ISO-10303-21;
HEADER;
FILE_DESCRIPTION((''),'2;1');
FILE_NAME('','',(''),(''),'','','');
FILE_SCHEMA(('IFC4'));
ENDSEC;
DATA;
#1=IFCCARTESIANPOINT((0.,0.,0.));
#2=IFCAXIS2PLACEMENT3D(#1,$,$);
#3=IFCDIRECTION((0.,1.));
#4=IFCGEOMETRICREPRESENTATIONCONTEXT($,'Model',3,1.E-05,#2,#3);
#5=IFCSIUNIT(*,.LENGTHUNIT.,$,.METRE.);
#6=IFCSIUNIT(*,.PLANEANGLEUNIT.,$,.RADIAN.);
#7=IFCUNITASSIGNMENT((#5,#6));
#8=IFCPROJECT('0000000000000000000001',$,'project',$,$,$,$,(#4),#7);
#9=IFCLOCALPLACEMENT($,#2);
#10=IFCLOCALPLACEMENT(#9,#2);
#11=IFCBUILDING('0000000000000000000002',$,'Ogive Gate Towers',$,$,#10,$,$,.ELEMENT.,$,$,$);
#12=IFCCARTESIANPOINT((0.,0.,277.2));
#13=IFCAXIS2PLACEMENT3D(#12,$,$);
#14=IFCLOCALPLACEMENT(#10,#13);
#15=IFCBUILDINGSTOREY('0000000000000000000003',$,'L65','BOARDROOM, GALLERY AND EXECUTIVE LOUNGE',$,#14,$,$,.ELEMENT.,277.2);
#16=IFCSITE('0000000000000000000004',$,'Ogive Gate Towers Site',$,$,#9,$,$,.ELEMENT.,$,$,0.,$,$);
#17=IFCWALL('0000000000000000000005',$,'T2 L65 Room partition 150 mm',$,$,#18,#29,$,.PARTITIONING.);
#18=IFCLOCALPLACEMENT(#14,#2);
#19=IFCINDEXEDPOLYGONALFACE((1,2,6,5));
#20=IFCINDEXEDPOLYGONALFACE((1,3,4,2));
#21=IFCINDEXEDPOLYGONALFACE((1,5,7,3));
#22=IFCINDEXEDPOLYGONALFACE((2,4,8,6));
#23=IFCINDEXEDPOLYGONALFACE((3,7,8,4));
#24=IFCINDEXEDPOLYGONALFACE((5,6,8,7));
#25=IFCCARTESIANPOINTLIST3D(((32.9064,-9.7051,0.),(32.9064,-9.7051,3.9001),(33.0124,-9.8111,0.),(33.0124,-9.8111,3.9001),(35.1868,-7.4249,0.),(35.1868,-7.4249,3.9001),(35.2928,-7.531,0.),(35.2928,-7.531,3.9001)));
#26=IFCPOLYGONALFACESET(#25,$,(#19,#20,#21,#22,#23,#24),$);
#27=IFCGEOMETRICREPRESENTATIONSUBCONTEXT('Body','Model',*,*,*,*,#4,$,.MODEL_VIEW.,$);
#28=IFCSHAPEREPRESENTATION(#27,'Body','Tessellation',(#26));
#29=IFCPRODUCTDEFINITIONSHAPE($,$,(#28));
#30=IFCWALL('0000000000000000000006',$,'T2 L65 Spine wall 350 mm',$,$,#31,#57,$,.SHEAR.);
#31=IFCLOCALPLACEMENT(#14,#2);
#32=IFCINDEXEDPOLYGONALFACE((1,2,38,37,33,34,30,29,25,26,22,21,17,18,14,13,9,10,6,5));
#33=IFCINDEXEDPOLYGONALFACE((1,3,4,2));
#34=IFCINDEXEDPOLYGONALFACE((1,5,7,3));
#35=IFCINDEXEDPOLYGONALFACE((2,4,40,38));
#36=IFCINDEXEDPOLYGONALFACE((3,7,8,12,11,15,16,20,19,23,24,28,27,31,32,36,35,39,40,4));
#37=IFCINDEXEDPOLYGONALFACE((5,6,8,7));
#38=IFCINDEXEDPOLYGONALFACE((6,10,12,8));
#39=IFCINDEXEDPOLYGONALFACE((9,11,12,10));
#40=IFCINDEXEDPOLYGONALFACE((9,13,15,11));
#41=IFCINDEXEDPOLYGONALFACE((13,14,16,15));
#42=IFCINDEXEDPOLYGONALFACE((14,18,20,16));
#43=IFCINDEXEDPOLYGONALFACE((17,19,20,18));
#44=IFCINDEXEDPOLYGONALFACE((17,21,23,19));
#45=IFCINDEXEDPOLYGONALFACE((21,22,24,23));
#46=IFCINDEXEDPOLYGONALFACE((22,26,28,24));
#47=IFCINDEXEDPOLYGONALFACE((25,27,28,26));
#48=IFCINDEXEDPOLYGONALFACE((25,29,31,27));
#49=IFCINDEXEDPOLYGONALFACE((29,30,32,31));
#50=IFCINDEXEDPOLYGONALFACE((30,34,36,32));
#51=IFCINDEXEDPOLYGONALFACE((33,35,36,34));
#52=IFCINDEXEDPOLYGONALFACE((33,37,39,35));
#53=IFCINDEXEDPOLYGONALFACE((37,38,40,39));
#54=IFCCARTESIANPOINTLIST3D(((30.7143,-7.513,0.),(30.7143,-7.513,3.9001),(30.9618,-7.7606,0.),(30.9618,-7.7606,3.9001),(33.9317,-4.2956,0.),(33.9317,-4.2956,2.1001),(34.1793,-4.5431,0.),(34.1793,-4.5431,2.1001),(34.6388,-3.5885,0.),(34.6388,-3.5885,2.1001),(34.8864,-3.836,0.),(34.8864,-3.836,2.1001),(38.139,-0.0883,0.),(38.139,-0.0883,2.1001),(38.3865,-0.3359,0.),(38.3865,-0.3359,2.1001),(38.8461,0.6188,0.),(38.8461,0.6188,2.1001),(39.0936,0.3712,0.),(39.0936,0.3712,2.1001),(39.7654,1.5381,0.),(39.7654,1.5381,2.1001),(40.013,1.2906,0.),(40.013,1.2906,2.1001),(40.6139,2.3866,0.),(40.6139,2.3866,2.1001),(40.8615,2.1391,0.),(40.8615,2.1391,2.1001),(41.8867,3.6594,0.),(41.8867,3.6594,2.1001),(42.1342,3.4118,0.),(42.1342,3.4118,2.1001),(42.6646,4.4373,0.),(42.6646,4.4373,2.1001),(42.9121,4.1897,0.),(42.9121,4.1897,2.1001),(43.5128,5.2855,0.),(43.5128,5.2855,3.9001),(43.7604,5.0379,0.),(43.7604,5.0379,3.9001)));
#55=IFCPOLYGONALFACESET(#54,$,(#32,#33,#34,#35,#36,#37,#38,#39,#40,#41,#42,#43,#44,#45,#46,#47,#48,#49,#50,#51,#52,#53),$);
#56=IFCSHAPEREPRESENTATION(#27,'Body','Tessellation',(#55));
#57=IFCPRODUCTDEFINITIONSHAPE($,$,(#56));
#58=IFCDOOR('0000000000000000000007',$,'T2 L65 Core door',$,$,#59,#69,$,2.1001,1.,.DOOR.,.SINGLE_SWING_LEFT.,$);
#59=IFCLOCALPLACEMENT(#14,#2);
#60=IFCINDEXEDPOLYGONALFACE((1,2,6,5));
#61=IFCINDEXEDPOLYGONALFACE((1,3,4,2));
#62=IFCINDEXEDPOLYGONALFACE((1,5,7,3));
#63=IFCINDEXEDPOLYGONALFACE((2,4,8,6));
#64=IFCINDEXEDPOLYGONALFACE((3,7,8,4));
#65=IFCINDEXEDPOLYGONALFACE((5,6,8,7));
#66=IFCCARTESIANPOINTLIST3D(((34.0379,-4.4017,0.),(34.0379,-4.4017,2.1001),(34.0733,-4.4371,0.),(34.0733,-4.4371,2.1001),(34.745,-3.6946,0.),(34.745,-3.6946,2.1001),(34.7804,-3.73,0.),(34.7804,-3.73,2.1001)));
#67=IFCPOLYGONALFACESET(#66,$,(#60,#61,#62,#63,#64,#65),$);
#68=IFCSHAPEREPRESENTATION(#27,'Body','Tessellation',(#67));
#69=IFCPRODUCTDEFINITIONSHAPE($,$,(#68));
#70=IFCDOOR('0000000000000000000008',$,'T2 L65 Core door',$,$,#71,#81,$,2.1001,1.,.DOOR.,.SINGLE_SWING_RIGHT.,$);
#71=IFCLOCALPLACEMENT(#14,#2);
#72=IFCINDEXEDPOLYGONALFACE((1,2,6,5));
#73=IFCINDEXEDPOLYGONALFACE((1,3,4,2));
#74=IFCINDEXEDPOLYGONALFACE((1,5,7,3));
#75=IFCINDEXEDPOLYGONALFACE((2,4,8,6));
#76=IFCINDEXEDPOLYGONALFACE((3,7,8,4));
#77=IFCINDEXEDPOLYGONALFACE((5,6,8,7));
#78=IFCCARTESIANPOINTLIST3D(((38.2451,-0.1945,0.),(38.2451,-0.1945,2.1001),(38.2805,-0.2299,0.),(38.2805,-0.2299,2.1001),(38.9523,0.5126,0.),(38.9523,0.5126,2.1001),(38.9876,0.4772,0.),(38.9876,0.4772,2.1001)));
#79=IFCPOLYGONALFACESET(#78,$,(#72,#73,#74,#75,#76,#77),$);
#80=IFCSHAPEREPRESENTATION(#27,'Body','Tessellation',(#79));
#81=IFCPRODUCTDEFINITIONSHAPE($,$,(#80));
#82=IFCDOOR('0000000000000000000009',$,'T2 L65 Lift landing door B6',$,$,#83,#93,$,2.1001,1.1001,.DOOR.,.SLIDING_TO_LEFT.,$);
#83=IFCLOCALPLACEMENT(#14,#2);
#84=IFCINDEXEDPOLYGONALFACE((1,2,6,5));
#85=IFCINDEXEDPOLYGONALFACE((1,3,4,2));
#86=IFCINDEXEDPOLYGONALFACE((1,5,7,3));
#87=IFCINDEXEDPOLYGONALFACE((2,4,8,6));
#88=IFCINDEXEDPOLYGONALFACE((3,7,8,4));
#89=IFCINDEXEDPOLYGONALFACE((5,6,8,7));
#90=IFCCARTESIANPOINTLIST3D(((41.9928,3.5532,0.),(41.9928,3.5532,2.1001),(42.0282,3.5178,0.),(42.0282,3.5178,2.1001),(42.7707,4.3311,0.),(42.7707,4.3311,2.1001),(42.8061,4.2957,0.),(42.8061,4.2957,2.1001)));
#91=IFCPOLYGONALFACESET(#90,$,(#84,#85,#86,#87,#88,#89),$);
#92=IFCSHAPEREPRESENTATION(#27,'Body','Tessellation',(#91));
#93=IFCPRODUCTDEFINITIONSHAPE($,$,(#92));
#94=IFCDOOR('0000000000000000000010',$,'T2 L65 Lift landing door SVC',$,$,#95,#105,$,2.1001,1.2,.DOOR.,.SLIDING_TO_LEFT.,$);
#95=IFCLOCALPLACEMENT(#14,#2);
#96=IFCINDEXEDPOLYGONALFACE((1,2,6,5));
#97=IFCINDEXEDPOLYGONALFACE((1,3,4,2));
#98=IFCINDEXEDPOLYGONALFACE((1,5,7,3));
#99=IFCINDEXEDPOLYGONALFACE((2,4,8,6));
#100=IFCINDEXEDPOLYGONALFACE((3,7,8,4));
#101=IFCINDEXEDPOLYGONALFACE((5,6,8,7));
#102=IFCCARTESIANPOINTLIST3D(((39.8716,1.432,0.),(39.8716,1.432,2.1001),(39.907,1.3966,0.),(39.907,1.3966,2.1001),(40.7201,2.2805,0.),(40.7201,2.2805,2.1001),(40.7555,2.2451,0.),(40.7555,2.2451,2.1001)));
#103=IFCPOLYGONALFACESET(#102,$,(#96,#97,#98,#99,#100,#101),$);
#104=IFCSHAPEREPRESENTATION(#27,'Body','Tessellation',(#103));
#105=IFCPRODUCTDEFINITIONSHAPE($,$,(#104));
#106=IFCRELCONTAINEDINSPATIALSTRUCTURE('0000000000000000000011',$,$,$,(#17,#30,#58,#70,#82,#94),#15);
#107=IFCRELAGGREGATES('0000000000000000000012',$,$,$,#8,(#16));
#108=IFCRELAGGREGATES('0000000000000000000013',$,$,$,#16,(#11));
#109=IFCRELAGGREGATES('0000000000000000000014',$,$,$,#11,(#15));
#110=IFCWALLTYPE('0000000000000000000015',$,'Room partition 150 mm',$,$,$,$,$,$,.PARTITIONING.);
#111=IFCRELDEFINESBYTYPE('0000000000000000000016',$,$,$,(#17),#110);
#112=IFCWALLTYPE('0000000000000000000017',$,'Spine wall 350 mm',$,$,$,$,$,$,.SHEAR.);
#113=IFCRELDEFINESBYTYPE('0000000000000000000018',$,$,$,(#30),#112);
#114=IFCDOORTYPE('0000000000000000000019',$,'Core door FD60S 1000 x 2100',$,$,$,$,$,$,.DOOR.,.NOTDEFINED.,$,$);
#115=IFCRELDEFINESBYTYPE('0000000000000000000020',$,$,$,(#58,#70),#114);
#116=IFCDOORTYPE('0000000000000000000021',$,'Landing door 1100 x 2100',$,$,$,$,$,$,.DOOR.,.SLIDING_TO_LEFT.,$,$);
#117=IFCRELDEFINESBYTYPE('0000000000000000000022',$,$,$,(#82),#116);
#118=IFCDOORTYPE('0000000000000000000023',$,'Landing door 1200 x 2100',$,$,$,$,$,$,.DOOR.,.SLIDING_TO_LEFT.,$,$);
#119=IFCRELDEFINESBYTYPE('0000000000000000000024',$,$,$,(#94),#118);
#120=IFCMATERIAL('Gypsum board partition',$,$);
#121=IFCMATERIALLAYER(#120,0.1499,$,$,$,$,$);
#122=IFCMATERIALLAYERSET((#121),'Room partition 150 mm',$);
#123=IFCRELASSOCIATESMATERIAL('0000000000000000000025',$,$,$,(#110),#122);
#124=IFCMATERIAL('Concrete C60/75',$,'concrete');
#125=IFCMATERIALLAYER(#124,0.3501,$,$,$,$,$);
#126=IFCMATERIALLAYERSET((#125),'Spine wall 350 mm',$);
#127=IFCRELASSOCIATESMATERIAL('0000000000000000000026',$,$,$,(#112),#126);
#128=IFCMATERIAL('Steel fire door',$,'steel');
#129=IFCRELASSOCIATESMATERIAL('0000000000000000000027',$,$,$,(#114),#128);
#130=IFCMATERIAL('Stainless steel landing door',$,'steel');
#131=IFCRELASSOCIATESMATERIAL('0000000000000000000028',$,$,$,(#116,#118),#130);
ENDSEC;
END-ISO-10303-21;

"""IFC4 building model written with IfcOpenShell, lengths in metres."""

from ifc_helpers import new_model, si_unit, direction, frame, frame_2d, origin, place, context, subcontext, project, spatial, rectangle, extrude, material, layer, layer_set, type_object, element, fill, save


model = new_model("IFC4")

# Units and contexts
model_context = context("Model", 3, precision=1e-05, world=origin(), true_north=direction((0.0, 1.0)))
body_context = subcontext(model_context, "Body", "Model", "MODEL_VIEW")
ifc_project = project(units=[si_unit("LENGTHUNIT", "METRE"), si_unit("PLANEANGLEUNIT", "RADIAN")], contexts=[model_context])

# Site, building, storey
site_placement = place(None, origin())
site = spatial("IfcSite", under=ifc_project, at=site_placement, Name="Ogive Gate Towers Site", CompositionType="ELEMENT", RefElevation=0.0)
building_placement = place(site_placement, origin())
building = spatial("IfcBuilding", under=site, at=building_placement, Name="Ogive Gate Towers", CompositionType="ELEMENT")
storey_placement = place(building_placement, frame((0.0, 0.0, 277.2)))
storey = spatial("IfcBuildingStorey", under=building, at=storey_placement, Name="L65", Description="BOARDROOM, GALLERY AND EXECUTIVE LOUNGE", CompositionType="ELEMENT", Elevation=277.2)

# Wall
ifc_material_1 = material(Name="Gypsum board partition")
ifc_layer_1 = layer(ifc_material_1, 0.1499)
ifc_layer_set_1 = layer_set([ifc_layer_1], Name="Room partition 150 mm")
wall_type_1 = type_object("IfcWallType", Name="Room partition 150 mm", PredefinedType="PARTITIONING", material=ifc_layer_set_1)
wall_1_placement = place(storey_placement, frame((32.9595, -9.7581, 0.0), z_axis=(0.0, 0.0, 1.0), x_axis=(0.707145, 0.707069, 0.0)))
element("IfcWall", 1, at=wall_1_placement, inside=storey, type_object=wall_type_1, Name="T2 L65 Room partition 150 mm", PredefinedType="PARTITIONING", context=body_context, shape_type="SweptSolid", body=[
    extrude(rectangle(XDim=3.2249, YDim=0.1499, at=frame_2d((1.6123, 0.0))), origin(), (0.0, 0.0, 1.0), 3.9001),
])

# Wall, openings, doors
ifc_material_2 = material(Name="Concrete C60/75", Category="concrete")
ifc_layer_2 = layer(ifc_material_2, 0.3501)
ifc_layer_set_2 = layer_set([ifc_layer_2], Name="Spine wall 350 mm")
wall_type_2 = type_object("IfcWallType", Name="Spine wall 350 mm", PredefinedType="SHEAR", material=ifc_layer_set_2)
wall_2_placement = place(storey_placement, frame((30.8381, -7.6367, 0.0), z_axis=(0.0, 0.0, 1.0), x_axis=(0.707107, 0.707107, 0.0)))
wall_2 = element("IfcWall", 2, at=wall_2_placement, inside=storey, type_object=wall_type_2, Name="T2 L65 Spine wall 350 mm", PredefinedType="SHEAR", context=body_context, shape_type="SweptSolid", body=[
    extrude(rectangle(XDim=18.0999, YDim=0.3501, at=frame_2d((9.0498, 0.0))), origin(), (0.0, 0.0, 1.0), 3.9001),
])
opening_1_placement = place(wall_2_placement, frame((12.8, 0.0, 0.0)))
opening_1 = element("IfcOpeningElement", 3, at=opening_1_placement, cuts=wall_2, PredefinedType="OPENING", context=body_context, shape_type="SweptSolid", body=[
    extrude(rectangle(XDim=1.2, YDim=2.1001, at=frame_2d((0.6001, 1.05))), frame((0.0, 0.1851, 0.0), z_axis=(0.0, -1.0, 0.0), x_axis=(1.0, 0.0, 0.0)), (0.0, 0.0, 1.0), 0.3701),
])
opening_2_placement = place(wall_2_placement, frame((15.8, 0.0, 0.0)))
opening_2 = element("IfcOpeningElement", 4, at=opening_2_placement, cuts=wall_2, PredefinedType="OPENING", context=body_context, shape_type="SweptSolid", body=[
    extrude(rectangle(XDim=1.1001, YDim=2.1001, at=frame_2d((0.55, 1.05))), frame((0.0, 0.1851, 0.0), z_axis=(0.0, -1.0, 0.0), x_axis=(1.0, 0.0, 0.0)), (0.0, 0.0, 1.0), 0.3701),
])
opening_3_placement = place(wall_2_placement, frame((4.55, 0.0, 0.0)))
opening_3 = element("IfcOpeningElement", 5, at=opening_3_placement, cuts=wall_2, PredefinedType="OPENING", context=body_context, shape_type="SweptSolid", body=[
    extrude(rectangle(XDim=1.0, YDim=2.1001, at=frame_2d((0.5, 1.05))), frame((0.0, 0.1851, 0.0), z_axis=(0.0, -1.0, 0.0), x_axis=(1.0, 0.0, 0.0)), (0.0, 0.0, 1.0), 0.3701),
])
opening_4_placement = place(wall_2_placement, frame((10.5, 0.0, 0.0)))
opening_4 = element("IfcOpeningElement", 6, at=opening_4_placement, cuts=wall_2, PredefinedType="OPENING", context=body_context, shape_type="SweptSolid", body=[
    extrude(rectangle(XDim=1.0, YDim=2.1001, at=frame_2d((0.5, 1.05))), frame((0.0, 0.1851, 0.0), z_axis=(0.0, -1.0, 0.0), x_axis=(1.0, 0.0, 0.0)), (0.0, 0.0, 1.0), 0.3701),
])
ifc_material_3 = material(Name="Steel fire door", Category="steel")
door_type_1 = type_object("IfcDoorType", Name="Core door FD60S 1000 x 2100", OperationType="NOTDEFINED", PredefinedType="DOOR", material=ifc_material_3)
door_1_placement = place(opening_3_placement, origin())
door_1 = element("IfcDoor", 7, at=door_1_placement, inside=storey, type_object=door_type_1, Name="T2 L65 Core door", OperationType="SINGLE_SWING_LEFT", OverallHeight=2.1001, OverallWidth=1.0, PredefinedType="DOOR", context=body_context, shape_type="SweptSolid", body=[
    extrude(rectangle(XDim=1.0, YDim=2.1001, at=frame_2d((0.5, 1.05))), frame((0.0, 0.0249, 0.0), z_axis=(0.0, -1.0, 0.0), x_axis=(1.0, 0.0, 0.0)), (0.0, 0.0, 1.0), 0.05),
])
fill(opening_3, door_1)
door_2_placement = place(opening_4_placement, origin())
door_2 = element("IfcDoor", 8, at=door_2_placement, inside=storey, type_object=door_type_1, Name="T2 L65 Core door", OperationType="SINGLE_SWING_RIGHT", OverallHeight=2.1001, OverallWidth=1.0, PredefinedType="DOOR", context=body_context, shape_type="SweptSolid", body=[
    extrude(rectangle(XDim=1.0, YDim=2.1001, at=frame_2d((0.5, 1.05))), frame((0.0, 0.0249, 0.0), z_axis=(0.0, -1.0, 0.0), x_axis=(1.0, 0.0, 0.0)), (0.0, 0.0, 1.0), 0.05),
])
fill(opening_4, door_2)
ifc_material_4 = material(Name="Stainless steel landing door", Category="steel")
door_type_2 = type_object("IfcDoorType", Name="Landing door 1100 x 2100", OperationType="SLIDING_TO_LEFT", PredefinedType="DOOR", material=ifc_material_4)
door_3_placement = place(opening_2_placement, origin())
door_3 = element("IfcDoor", 9, at=door_3_placement, inside=storey, type_object=door_type_2, Name="T2 L65 Lift landing door B6", OperationType="SLIDING_TO_LEFT", OverallHeight=2.1001, OverallWidth=1.1001, PredefinedType="DOOR", context=body_context, shape_type="SweptSolid", body=[
    extrude(rectangle(XDim=1.1001, YDim=2.1001, at=frame_2d((0.55, 1.05))), frame((0.0, 0.0249, 0.0), z_axis=(0.0, -1.0, 0.0), x_axis=(1.0, 0.0, 0.0)), (0.0, 0.0, 1.0), 0.05),
])
fill(opening_2, door_3)
door_type_3 = type_object("IfcDoorType", Name="Landing door 1200 x 2100", OperationType="SLIDING_TO_LEFT", PredefinedType="DOOR", material=ifc_material_4)
door_4_placement = place(opening_1_placement, origin())
door_4 = element("IfcDoor", 10, at=door_4_placement, inside=storey, type_object=door_type_3, Name="T2 L65 Lift landing door SVC", OperationType="SLIDING_TO_LEFT", OverallHeight=2.1001, OverallWidth=1.2, PredefinedType="DOOR", context=body_context, shape_type="SweptSolid", body=[
    extrude(rectangle(XDim=1.2, YDim=2.1001, at=frame_2d((0.6001, 1.05))), frame((0.0, 0.0249, 0.0), z_axis=(0.0, -1.0, 0.0), x_axis=(1.0, 0.0, 0.0)), (0.0, 0.0, 1.0), 0.05),
])
fill(opening_1, door_4)

save(model, "model.ifc")
